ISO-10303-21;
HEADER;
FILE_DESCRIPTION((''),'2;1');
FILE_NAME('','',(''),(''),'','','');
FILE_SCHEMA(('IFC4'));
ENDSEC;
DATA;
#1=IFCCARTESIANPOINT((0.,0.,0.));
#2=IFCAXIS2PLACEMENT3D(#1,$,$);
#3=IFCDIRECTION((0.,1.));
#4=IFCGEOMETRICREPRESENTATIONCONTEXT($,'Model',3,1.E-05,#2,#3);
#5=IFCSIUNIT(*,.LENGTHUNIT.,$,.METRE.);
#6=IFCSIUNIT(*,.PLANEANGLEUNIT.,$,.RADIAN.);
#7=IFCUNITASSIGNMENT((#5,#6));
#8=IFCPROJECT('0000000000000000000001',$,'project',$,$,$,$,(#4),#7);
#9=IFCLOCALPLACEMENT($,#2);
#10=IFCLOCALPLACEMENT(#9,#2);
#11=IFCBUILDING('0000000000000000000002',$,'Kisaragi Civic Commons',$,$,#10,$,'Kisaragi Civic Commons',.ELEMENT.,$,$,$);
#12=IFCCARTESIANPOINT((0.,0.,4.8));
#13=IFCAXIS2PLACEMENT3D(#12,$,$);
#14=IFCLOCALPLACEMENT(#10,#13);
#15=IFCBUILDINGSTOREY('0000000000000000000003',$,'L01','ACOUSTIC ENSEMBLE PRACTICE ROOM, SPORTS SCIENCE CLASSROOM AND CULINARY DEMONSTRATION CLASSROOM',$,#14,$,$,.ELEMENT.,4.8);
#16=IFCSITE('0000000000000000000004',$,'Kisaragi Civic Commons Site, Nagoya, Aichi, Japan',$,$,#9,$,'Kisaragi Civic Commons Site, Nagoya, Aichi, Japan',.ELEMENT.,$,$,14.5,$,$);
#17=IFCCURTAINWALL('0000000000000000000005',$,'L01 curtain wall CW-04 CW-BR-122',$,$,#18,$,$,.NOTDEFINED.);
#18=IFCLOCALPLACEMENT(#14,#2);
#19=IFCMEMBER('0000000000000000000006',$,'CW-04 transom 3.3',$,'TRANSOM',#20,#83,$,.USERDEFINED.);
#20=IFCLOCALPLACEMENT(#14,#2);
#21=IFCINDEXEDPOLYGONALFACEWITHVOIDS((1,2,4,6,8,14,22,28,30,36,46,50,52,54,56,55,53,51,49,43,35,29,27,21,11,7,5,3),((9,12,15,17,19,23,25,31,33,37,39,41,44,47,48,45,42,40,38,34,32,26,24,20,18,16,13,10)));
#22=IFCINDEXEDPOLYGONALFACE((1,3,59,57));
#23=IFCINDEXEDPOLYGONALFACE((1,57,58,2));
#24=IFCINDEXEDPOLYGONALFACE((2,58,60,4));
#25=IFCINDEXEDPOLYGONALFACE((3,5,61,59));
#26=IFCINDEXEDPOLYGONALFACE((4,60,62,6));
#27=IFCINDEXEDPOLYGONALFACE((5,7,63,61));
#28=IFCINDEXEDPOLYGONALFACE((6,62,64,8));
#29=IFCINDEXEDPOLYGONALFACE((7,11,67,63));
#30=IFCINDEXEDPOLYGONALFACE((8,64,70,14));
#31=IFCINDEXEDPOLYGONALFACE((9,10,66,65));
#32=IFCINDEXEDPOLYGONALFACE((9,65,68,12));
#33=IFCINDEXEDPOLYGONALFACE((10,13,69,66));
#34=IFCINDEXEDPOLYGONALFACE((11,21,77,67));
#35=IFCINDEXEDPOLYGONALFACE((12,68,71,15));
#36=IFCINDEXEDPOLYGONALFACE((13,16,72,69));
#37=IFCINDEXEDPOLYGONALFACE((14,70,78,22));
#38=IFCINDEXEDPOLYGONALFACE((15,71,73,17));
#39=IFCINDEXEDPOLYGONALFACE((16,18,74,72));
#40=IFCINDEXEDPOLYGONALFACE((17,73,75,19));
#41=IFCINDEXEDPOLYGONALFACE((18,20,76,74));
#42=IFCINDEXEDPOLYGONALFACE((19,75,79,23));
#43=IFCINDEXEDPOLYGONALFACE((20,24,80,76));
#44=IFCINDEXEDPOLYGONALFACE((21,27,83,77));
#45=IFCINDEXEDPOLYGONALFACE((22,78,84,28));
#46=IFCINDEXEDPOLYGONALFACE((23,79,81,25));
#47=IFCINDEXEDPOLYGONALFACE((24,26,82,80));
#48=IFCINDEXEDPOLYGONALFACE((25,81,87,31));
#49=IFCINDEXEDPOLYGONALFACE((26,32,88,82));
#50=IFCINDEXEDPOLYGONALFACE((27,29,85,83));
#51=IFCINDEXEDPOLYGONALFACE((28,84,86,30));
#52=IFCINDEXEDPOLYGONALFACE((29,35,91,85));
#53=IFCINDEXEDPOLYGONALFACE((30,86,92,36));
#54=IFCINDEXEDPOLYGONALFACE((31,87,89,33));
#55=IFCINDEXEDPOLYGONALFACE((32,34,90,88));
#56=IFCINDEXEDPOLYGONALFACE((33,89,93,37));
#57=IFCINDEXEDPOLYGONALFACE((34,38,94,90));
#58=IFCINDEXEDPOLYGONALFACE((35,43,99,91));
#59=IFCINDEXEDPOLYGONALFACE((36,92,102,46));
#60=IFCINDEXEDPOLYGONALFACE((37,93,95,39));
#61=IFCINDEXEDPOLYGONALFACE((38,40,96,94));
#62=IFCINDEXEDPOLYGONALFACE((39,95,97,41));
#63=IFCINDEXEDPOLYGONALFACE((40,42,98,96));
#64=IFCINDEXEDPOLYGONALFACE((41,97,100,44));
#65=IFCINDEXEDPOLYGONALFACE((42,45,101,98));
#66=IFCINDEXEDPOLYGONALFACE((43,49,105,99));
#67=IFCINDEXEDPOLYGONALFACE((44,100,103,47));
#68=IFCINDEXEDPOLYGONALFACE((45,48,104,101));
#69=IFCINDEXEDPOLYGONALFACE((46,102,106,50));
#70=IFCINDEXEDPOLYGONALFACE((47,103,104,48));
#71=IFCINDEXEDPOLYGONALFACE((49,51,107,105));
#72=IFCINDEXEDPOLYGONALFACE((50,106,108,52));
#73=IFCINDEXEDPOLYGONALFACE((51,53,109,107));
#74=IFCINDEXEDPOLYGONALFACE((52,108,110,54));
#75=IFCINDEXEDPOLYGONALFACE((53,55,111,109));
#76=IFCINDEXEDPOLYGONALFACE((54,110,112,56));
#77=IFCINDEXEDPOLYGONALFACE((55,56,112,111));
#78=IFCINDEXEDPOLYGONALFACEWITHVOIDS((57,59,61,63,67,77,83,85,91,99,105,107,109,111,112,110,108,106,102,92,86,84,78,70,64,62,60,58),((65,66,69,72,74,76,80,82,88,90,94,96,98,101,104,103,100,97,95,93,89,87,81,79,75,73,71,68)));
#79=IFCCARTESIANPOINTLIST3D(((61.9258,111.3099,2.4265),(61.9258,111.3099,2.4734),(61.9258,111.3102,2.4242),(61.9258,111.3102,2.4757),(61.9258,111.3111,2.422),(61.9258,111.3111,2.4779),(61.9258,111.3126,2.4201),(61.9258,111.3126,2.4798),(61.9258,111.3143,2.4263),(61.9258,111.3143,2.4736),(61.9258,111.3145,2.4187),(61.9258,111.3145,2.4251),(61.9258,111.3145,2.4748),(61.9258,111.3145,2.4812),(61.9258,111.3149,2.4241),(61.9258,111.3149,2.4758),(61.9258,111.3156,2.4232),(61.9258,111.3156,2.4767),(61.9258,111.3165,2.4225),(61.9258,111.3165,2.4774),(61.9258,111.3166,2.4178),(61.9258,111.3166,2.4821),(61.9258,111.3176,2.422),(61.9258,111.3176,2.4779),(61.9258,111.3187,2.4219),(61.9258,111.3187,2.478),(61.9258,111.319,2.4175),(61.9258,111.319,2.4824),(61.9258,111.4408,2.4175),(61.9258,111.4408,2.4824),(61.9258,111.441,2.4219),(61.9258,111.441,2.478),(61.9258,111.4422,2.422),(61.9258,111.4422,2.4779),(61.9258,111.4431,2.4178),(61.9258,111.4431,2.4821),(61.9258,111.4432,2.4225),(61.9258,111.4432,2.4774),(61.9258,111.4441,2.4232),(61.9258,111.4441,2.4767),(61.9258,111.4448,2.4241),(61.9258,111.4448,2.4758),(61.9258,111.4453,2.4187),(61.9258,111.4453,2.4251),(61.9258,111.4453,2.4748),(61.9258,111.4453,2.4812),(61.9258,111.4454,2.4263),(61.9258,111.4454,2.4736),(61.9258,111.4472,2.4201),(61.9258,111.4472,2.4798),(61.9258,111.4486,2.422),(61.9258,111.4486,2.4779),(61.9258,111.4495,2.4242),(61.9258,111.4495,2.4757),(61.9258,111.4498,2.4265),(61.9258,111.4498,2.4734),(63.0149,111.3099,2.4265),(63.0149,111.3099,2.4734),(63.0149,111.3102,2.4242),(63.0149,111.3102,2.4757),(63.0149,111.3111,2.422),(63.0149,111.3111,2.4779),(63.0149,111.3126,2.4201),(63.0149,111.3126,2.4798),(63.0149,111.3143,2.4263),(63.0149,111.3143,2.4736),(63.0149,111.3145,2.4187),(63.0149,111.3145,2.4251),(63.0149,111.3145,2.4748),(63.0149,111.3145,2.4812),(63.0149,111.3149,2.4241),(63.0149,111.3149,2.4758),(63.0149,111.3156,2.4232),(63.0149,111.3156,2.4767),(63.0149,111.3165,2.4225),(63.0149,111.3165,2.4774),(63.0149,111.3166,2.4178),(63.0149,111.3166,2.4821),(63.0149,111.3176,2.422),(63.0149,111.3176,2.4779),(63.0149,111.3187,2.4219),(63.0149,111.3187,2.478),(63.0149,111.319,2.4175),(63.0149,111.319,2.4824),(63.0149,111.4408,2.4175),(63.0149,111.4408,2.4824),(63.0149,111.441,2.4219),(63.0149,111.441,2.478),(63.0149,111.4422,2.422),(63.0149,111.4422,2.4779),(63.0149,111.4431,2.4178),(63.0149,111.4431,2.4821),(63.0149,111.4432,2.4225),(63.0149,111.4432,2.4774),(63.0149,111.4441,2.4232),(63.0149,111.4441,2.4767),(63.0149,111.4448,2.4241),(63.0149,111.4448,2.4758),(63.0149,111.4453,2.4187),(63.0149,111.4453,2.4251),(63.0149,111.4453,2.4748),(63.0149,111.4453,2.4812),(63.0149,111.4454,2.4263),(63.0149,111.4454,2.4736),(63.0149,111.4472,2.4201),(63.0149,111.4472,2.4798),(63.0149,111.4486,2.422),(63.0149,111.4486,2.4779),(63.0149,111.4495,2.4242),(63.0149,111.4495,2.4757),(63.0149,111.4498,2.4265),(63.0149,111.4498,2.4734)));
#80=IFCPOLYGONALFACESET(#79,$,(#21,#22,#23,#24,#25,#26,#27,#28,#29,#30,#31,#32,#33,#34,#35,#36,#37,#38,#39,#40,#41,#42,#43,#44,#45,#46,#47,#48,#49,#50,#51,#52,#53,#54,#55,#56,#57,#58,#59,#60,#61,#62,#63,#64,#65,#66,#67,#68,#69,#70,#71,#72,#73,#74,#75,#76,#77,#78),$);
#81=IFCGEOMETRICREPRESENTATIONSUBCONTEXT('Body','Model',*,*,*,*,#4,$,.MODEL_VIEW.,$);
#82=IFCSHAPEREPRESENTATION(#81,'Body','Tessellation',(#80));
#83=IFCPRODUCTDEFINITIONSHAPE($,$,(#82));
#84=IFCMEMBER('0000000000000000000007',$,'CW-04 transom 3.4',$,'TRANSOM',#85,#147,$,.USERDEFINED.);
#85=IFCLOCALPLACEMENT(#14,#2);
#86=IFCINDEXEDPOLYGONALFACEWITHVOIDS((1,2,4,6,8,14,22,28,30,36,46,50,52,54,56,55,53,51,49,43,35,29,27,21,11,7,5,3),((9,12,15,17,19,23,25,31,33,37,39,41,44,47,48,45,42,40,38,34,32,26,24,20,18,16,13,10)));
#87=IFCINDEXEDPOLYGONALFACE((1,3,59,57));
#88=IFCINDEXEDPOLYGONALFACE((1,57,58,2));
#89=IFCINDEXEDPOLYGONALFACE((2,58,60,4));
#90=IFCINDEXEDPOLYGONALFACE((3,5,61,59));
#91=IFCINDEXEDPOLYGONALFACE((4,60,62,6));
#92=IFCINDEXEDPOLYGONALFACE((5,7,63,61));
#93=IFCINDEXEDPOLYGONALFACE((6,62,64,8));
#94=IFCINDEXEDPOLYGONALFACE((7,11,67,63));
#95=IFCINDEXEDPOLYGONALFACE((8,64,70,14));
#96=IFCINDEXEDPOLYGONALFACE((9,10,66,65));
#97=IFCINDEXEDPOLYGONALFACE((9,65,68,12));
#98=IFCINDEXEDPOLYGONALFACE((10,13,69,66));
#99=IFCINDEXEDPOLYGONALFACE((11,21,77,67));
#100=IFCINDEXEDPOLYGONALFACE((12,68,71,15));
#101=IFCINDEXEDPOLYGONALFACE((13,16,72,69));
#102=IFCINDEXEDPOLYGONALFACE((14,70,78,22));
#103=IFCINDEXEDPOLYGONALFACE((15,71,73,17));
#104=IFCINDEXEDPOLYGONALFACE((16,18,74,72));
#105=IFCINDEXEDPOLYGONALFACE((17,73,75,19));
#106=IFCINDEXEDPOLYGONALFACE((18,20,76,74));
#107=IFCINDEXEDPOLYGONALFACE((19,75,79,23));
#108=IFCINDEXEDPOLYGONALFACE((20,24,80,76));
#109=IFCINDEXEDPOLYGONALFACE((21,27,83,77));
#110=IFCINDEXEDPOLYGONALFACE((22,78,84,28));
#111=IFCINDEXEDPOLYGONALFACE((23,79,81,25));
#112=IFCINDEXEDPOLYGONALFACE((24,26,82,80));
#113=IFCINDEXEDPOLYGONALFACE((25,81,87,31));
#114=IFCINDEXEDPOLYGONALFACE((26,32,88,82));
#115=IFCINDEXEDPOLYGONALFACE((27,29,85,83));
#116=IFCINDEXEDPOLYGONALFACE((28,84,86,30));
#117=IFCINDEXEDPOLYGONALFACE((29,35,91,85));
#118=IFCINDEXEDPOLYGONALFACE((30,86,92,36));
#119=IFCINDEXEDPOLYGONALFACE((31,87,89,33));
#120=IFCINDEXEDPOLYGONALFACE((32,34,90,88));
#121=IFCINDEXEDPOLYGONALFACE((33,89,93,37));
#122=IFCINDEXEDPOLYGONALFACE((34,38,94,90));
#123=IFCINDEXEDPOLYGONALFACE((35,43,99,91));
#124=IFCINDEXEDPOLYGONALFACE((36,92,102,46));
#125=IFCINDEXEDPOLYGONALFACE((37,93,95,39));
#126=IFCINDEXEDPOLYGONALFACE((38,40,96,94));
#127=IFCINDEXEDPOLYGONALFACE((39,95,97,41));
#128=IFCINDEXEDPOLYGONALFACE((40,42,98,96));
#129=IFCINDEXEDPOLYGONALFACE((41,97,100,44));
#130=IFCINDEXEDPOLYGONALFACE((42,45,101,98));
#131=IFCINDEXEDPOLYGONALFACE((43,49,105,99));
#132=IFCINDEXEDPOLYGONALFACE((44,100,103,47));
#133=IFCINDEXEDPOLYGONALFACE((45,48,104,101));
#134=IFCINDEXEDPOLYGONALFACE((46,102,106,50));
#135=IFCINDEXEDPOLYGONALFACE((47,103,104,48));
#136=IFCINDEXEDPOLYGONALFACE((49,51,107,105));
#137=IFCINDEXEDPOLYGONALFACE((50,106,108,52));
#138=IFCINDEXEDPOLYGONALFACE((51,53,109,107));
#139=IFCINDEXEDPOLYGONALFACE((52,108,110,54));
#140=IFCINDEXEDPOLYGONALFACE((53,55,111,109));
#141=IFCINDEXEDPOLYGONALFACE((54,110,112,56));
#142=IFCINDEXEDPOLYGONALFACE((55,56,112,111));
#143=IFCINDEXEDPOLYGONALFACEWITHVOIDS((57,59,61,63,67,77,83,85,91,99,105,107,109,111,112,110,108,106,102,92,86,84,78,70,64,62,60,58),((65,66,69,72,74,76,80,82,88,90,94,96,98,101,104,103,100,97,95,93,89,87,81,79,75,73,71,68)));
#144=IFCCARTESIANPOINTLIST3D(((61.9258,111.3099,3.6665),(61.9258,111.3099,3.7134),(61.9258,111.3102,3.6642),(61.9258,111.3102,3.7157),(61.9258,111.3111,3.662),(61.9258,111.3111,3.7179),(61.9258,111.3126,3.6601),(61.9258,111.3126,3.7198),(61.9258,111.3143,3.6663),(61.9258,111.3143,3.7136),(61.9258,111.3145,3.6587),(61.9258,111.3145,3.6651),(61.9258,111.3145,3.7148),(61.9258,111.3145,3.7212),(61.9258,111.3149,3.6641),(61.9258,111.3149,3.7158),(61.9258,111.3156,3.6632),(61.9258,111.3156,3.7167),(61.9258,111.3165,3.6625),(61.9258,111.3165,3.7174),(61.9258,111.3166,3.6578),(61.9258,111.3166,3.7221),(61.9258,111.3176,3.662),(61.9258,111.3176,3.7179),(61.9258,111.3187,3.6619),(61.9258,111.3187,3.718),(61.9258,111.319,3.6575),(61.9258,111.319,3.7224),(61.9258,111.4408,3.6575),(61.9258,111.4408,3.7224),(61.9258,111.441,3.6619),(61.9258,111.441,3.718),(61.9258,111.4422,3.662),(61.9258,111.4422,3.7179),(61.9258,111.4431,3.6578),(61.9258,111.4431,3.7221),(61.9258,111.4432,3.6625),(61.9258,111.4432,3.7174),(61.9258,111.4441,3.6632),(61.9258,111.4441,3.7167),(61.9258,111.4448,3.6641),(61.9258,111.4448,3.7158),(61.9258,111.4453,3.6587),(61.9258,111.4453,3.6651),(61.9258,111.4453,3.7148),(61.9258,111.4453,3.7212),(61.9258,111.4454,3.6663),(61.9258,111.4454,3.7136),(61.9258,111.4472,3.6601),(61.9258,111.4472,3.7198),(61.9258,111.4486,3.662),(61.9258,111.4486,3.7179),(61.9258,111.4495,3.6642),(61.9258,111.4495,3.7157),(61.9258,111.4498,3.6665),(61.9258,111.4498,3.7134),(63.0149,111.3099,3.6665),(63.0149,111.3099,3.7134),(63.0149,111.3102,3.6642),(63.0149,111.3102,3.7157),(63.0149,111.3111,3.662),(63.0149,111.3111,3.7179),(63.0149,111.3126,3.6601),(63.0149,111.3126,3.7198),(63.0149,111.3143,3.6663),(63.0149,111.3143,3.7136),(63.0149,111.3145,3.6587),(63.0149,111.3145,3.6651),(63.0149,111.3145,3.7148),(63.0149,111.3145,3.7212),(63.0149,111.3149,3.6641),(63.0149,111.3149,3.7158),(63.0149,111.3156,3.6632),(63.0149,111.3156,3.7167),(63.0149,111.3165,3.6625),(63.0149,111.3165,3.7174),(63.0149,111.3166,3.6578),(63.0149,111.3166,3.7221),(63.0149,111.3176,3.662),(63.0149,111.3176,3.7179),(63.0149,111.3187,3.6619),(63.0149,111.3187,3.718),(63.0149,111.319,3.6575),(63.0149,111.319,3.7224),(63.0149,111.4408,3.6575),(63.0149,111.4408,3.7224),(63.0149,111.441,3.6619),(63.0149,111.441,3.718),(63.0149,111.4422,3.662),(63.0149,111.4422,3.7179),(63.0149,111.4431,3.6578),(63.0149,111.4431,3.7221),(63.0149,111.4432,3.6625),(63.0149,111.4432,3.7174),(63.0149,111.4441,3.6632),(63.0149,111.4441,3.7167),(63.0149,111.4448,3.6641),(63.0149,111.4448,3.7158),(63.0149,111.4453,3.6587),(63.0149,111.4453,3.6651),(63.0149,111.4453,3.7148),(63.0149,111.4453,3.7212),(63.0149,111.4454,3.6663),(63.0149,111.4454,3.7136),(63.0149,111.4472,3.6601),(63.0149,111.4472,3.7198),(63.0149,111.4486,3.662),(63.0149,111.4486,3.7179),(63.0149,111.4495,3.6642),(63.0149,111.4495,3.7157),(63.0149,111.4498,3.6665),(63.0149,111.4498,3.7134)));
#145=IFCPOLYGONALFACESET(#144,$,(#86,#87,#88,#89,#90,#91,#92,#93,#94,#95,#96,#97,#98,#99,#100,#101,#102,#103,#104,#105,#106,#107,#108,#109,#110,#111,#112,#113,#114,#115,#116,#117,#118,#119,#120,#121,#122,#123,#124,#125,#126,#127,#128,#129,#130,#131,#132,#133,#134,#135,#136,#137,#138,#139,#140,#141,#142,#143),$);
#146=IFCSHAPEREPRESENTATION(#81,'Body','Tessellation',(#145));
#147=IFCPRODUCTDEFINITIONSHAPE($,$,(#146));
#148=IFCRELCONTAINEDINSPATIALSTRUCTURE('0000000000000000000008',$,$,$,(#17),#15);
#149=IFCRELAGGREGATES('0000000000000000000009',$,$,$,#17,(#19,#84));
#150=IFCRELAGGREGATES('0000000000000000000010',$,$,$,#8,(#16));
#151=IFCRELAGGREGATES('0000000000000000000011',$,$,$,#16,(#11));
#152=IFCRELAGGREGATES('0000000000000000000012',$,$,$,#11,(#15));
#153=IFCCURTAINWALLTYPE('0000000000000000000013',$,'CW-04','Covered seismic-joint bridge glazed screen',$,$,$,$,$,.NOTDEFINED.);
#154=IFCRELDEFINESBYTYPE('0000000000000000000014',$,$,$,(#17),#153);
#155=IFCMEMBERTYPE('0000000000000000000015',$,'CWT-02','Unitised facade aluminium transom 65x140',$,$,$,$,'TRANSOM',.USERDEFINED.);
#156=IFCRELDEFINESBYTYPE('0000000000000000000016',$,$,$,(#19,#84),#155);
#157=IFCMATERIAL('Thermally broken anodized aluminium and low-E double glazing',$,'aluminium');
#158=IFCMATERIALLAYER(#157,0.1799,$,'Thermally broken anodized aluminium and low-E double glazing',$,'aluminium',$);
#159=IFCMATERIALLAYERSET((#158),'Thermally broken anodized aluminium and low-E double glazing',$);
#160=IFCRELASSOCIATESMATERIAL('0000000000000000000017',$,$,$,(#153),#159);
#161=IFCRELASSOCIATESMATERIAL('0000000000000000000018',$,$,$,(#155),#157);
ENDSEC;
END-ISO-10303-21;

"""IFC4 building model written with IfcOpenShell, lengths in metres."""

from ifc_helpers import new_model, si_unit, direction, frame, origin, origin_2d, place, context, subcontext, project, spatial, hollow_rectangle, extrude, material, layer, layer_set, material_profile, profile_set, type_object, element, aggregate, save


model = new_model("IFC4")

# Units and contexts
model_context = context("Model", 3, precision=1e-05, world=origin(), true_north=direction((0.0, 1.0)))
body_context = subcontext(model_context, "Body", "Model", "MODEL_VIEW")
ifc_project = project(units=[si_unit("LENGTHUNIT", "METRE"), si_unit("PLANEANGLEUNIT", "RADIAN")], contexts=[model_context])

# Site, building, storey
site_placement = place(None, origin())
site = spatial("IfcSite", under=ifc_project, at=site_placement, Name="Kisaragi Civic Commons Site, Nagoya, Aichi, Japan", LongName="Kisaragi Civic Commons Site, Nagoya, Aichi, Japan", CompositionType="ELEMENT", RefElevation=14.5)
building_placement = place(site_placement, origin())
building = spatial("IfcBuilding", under=site, at=building_placement, Name="Kisaragi Civic Commons", LongName="Kisaragi Civic Commons", CompositionType="ELEMENT")
storey_placement = place(building_placement, frame((0.0, 0.0, 4.8)))
storey = spatial("IfcBuildingStorey", under=building, at=storey_placement, Name="L01", Description="ACOUSTIC ENSEMBLE PRACTICE ROOM, SPORTS SCIENCE CLASSROOM AND CULINARY DEMONSTRATION CLASSROOM", CompositionType="ELEMENT", Elevation=4.8)

# Curtain wall
ifc_material_1 = material(Name="Thermally broken anodized aluminium and low-E double glazing", Category="aluminium")
ifc_layer_1 = layer(ifc_material_1, 0.1799, Name="Thermally broken anodized aluminium and low-E double glazing", Category="aluminium")
ifc_layer_set_1 = layer_set([ifc_layer_1], Name="Thermally broken anodized aluminium and low-E double glazing")
curtain_wall_type = type_object("IfcCurtainWallType", Name="CW-04", Description="Covered seismic-joint bridge glazed screen", PredefinedType="NOTDEFINED", material=ifc_layer_set_1)
curtain_wall_1_placement = place(storey_placement, origin())
curtain_wall_1 = element("IfcCurtainWall", 1, at=curtain_wall_1_placement, inside=storey, type_object=curtain_wall_type, Name="L01 curtain wall CW-04 CW-BR-122", PredefinedType="NOTDEFINED")

# Members
ifc_material_profile_1 = material_profile(ifc_material_1, hollow_rectangle(XDim=0.1399, YDim=0.0649, WallThickness=0.0044, InnerFilletRadius=0.0044, OuterFilletRadius=0.009, at=origin_2d()), Name="CWT-65x140x4.5", Category="aluminium")
ifc_profile_set_1 = profile_set([ifc_material_profile_1], Name="Thermally broken anodized aluminium and low-E double glazing")
member_type_1 = type_object("IfcMemberType", Name="CWT-02", Description="Unitised facade aluminium transom 65x140", ElementType="TRANSOM", PredefinedType="USERDEFINED", material=ifc_profile_set_1)
member_1_placement = place(storey_placement, frame((61.9258, 111.3799, 2.45), z_axis=(1.0, 0.0, 0.0), x_axis=(0.0, 1.0, 0.0)))
member_1 = element("IfcMember", 2, at=member_1_placement, type_object=member_type_1, Name="CW-04 transom 3.3", ObjectType="TRANSOM", PredefinedType="USERDEFINED", context=body_context, shape_type="SweptSolid", body=[
    extrude(hollow_rectangle(XDim=0.1399, YDim=0.0649, WallThickness=0.0044, InnerFilletRadius=0.0044, OuterFilletRadius=0.009, at=origin_2d()), origin(), (0.0, 0.0, 1.0), 1.0891),
])
member_2_placement = place(storey_placement, frame((61.9258, 111.3799, 3.6899), z_axis=(1.0, 0.0, 0.0), x_axis=(0.0, 1.0, 0.0)))
member_2 = element("IfcMember", 3, at=member_2_placement, type_object=member_type_1, Name="CW-04 transom 3.4", ObjectType="TRANSOM", PredefinedType="USERDEFINED", context=body_context, shape_type="SweptSolid", body=[
    extrude(hollow_rectangle(XDim=0.1399, YDim=0.0649, WallThickness=0.0044, InnerFilletRadius=0.0044, OuterFilletRadius=0.009, at=origin_2d()), origin(), (0.0, 0.0, 1.0), 1.0891),
])

aggregate(curtain_wall_1, [member_1, member_2])

save(model, "model.ifc")
